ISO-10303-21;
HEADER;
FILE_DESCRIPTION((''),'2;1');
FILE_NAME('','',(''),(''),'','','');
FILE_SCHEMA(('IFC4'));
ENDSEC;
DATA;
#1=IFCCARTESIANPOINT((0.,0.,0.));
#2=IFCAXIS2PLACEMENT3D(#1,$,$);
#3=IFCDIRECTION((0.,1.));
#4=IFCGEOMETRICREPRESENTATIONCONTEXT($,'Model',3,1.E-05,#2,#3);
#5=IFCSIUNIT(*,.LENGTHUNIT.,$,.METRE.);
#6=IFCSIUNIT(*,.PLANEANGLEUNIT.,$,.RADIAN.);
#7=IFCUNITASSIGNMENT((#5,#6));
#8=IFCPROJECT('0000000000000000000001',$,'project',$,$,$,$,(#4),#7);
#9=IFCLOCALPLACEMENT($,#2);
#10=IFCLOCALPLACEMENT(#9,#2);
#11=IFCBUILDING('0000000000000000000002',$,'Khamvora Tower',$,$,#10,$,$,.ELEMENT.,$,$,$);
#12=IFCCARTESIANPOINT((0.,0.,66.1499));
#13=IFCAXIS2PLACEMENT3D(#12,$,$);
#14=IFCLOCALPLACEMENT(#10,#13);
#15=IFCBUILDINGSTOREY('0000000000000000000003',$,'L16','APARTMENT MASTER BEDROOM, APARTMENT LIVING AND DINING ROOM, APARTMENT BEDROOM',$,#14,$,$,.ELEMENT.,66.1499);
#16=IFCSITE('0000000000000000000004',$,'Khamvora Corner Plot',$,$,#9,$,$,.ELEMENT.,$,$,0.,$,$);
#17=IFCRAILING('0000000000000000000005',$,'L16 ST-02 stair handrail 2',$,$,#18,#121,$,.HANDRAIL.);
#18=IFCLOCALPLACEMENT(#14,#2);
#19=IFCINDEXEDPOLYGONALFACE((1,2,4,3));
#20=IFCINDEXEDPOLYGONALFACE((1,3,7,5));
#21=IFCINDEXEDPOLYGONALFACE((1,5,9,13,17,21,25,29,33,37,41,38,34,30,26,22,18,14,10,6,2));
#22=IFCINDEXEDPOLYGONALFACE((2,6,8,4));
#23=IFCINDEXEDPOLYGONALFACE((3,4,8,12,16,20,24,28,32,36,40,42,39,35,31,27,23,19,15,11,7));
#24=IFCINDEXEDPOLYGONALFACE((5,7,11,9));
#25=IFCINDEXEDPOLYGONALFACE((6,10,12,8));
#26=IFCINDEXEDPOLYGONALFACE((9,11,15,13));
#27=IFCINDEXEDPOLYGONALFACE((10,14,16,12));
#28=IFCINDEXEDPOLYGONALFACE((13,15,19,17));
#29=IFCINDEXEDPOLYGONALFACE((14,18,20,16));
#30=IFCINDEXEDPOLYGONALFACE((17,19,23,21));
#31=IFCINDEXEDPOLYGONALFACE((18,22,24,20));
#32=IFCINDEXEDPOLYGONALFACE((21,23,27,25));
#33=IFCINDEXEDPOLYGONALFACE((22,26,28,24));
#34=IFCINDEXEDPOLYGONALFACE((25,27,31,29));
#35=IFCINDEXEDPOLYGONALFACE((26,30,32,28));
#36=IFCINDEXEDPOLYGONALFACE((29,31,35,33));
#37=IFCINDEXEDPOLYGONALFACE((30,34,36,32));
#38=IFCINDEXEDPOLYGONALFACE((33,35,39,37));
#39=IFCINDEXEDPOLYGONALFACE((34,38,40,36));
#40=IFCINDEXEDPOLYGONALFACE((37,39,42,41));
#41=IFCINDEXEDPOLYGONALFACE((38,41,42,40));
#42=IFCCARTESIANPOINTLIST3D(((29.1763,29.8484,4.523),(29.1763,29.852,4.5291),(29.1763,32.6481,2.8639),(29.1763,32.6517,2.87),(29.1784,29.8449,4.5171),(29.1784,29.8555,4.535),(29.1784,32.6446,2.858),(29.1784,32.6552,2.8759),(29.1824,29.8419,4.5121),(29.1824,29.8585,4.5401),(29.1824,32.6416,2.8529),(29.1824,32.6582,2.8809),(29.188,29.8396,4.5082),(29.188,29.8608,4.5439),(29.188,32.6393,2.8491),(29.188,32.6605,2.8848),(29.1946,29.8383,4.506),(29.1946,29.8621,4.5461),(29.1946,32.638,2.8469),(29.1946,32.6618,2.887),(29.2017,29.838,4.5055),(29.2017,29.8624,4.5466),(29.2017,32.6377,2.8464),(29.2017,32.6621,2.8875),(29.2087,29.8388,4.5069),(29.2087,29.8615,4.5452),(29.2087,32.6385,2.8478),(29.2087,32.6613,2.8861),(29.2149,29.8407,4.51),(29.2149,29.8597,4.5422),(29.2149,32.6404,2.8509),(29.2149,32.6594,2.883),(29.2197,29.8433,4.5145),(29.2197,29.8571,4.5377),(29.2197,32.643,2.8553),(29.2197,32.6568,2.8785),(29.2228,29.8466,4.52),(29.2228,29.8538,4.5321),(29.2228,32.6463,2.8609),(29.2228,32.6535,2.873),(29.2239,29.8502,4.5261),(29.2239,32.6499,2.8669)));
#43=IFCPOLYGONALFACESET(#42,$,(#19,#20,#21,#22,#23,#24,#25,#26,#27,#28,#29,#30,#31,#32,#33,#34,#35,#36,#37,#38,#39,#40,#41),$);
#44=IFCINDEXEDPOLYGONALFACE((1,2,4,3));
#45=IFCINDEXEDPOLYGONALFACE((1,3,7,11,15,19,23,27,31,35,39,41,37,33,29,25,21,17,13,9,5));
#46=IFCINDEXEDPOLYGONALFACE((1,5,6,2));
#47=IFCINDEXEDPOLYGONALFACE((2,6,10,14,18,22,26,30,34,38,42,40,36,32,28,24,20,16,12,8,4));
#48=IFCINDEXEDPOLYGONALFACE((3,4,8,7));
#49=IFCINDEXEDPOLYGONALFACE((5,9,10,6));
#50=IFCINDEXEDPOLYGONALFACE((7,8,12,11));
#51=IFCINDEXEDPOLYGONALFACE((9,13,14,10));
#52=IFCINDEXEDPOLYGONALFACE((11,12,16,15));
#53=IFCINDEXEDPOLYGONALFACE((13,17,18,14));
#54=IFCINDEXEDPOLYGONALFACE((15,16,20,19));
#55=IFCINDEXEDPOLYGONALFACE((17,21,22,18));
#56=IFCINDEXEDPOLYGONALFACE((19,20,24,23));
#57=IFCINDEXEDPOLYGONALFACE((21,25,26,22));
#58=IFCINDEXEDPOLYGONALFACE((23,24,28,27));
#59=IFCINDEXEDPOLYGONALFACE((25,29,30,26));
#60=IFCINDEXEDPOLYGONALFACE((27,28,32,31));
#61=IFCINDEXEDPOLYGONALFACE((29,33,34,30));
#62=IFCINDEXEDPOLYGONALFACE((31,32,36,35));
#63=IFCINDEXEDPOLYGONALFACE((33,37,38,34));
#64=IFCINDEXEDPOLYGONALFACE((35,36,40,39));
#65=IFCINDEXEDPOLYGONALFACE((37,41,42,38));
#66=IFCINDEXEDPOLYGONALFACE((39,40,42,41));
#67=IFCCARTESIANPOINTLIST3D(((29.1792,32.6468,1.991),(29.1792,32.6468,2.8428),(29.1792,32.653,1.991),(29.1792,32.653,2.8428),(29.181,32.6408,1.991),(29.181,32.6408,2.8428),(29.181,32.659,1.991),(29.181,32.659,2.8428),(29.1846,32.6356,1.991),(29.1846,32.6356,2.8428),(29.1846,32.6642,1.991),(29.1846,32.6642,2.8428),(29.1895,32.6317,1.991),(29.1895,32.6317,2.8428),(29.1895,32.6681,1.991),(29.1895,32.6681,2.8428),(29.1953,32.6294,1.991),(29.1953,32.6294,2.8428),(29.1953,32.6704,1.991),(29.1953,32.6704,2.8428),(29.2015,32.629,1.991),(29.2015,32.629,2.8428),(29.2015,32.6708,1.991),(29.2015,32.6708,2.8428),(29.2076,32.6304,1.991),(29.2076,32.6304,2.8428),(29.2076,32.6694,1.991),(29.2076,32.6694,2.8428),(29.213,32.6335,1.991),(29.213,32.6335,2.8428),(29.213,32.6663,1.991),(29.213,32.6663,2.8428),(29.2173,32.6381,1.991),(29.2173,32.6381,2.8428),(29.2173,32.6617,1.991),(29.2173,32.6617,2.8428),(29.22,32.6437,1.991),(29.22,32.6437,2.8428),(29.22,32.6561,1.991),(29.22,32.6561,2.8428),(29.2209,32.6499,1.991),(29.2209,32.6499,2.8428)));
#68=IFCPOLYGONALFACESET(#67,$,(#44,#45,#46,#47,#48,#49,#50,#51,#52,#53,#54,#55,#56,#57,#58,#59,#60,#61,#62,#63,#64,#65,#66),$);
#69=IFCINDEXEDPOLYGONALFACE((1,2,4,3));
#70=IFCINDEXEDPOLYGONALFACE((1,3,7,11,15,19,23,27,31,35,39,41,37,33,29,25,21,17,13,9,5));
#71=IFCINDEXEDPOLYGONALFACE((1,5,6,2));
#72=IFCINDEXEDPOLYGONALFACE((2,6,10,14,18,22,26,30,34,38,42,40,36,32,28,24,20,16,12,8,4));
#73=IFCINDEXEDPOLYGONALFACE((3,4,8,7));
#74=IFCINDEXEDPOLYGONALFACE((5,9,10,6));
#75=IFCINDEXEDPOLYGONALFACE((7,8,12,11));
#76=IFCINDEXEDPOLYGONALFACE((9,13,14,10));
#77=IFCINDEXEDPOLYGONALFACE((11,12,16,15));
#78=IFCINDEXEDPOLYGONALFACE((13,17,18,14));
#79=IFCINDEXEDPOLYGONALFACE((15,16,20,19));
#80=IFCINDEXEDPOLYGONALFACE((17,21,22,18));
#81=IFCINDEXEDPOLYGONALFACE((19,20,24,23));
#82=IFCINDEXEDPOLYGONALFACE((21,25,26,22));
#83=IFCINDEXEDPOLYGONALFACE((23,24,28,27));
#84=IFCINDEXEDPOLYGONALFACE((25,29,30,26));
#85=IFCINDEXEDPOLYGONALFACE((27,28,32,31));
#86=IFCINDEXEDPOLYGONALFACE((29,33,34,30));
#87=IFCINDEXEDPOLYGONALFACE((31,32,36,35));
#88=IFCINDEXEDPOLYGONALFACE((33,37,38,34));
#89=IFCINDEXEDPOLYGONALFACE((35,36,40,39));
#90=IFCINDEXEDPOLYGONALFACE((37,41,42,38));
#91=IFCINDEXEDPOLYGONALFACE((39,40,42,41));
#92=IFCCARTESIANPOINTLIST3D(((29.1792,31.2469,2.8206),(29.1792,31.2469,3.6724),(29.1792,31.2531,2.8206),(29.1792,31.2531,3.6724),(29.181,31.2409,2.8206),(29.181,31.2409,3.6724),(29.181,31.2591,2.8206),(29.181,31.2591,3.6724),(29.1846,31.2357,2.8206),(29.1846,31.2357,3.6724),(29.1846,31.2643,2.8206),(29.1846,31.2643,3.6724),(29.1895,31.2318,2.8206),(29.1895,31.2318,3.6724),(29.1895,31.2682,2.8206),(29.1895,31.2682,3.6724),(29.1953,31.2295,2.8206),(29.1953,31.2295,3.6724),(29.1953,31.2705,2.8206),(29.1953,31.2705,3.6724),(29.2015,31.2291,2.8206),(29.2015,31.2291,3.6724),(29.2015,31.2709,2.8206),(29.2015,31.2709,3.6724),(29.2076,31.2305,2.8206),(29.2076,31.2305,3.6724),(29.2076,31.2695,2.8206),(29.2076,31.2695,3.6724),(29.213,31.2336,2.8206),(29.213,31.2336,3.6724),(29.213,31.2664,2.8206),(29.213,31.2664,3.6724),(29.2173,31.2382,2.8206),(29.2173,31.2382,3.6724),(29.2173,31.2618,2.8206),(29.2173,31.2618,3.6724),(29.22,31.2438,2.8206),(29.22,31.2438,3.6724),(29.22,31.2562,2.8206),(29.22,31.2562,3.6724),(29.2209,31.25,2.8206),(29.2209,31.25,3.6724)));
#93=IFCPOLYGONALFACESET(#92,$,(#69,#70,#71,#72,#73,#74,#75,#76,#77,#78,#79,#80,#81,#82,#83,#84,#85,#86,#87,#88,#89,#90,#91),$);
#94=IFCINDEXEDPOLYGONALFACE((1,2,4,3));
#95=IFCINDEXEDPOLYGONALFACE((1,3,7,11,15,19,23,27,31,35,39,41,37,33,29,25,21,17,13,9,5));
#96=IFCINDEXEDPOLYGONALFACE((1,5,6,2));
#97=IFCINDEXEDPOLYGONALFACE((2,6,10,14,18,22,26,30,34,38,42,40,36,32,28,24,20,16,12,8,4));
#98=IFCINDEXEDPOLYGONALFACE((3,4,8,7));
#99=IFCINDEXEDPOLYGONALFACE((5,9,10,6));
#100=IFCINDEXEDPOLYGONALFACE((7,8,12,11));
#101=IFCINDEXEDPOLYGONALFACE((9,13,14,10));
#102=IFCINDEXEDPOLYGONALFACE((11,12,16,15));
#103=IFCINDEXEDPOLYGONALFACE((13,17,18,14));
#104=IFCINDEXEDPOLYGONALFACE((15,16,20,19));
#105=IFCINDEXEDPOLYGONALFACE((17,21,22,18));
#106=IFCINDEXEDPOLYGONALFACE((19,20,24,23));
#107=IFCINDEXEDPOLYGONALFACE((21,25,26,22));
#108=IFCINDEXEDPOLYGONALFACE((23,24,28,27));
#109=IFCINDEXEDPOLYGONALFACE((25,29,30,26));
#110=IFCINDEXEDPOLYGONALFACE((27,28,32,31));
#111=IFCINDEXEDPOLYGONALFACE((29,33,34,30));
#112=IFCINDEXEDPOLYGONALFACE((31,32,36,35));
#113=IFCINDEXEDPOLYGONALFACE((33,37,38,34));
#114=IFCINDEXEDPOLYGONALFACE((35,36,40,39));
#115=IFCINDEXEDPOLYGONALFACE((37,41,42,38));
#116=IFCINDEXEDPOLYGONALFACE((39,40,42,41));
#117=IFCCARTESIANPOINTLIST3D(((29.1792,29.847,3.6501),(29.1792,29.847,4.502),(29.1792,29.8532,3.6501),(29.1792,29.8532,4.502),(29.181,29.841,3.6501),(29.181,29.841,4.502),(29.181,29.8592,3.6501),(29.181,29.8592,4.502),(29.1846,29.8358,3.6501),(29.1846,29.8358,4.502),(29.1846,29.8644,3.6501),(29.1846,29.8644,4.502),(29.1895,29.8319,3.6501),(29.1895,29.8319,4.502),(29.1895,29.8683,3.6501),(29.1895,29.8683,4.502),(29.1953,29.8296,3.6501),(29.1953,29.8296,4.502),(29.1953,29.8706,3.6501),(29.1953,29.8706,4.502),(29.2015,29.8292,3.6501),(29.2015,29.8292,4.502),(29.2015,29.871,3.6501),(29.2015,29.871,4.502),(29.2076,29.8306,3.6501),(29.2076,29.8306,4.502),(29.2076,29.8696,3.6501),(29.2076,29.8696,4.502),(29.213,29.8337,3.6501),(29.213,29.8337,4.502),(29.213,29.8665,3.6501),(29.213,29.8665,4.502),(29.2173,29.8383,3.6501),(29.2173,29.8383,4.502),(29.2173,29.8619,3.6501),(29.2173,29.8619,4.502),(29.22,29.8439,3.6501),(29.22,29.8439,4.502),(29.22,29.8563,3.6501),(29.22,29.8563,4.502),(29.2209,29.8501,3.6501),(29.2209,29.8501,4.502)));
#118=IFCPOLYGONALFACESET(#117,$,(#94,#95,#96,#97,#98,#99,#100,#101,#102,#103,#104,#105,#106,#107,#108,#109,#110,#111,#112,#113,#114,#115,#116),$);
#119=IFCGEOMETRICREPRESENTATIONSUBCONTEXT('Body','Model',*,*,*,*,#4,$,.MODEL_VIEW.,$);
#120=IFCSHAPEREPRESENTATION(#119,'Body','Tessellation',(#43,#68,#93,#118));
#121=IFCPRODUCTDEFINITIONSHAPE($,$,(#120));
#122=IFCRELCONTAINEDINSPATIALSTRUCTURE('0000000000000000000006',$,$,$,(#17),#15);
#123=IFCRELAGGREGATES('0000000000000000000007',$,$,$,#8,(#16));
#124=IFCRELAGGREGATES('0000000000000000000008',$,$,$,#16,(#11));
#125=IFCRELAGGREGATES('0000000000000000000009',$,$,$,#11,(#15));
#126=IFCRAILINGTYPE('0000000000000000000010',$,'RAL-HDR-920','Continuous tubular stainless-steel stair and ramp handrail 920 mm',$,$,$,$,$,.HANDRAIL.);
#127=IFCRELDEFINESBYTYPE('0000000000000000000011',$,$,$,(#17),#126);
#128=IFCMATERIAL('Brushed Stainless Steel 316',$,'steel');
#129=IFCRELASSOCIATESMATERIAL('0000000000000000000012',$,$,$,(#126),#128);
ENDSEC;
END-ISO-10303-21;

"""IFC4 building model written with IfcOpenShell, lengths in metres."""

from ifc_helpers import new_model, si_unit, direction, frame, origin, origin_2d, place, context, subcontext, project, spatial, circle, extrude, material, type_object, element, save


model = new_model("IFC4")

# Units and contexts
model_context = context("Model", 3, precision=1e-05, world=origin(), true_north=direction((0.0, 1.0)))
body_context = subcontext(model_context, "Body", "Model", "MODEL_VIEW")
ifc_project = project(units=[si_unit("LENGTHUNIT", "METRE"), si_unit("PLANEANGLEUNIT", "RADIAN")], contexts=[model_context])

# Site, building, storey
site_placement = place(None, origin())
site = spatial("IfcSite", under=ifc_project, at=site_placement, Name="Khamvora Corner Plot", CompositionType="ELEMENT", RefElevation=0.0)
building_placement = place(site_placement, origin())
building = spatial("IfcBuilding", under=site, at=building_placement, Name="Khamvora Tower", CompositionType="ELEMENT")
storey_placement = place(building_placement, frame((0.0, 0.0, 66.1499)))
storey = spatial("IfcBuildingStorey", under=building, at=storey_placement, Name="L16", Description="APARTMENT MASTER BEDROOM, APARTMENT LIVING AND DINING ROOM, APARTMENT BEDROOM", CompositionType="ELEMENT", Elevation=66.1499)

# Railing
ifc_material_1 = material(Name="Brushed Stainless Steel 316", Category="steel")
railing_type_1 = type_object("IfcRailingType", Name="RAL-HDR-920", Description="Continuous tubular stainless-steel stair and ramp handrail 920 mm", PredefinedType="HANDRAIL", material=ifc_material_1)
railing_1_placement = place(storey_placement, frame((29.2, 32.6499, 1.991)))
element("IfcRailing", 1, at=railing_1_placement, inside=storey, type_object=railing_type_1, Name="L16 ST-02 stair handrail 2", PredefinedType="HANDRAIL", context=body_context, shape_type="SweptSolid", body=[
    extrude(circle(Radius=0.0239, at=origin_2d()), frame((0.0, 0.0, 0.876), z_axis=(0.0, -0.860287, 0.509811), x_axis=(1.0, 0.0, 0.0)), (0.0, 0.0, 1.0), 3.2544),
    extrude(circle(Radius=0.021, at=origin_2d()), origin(), (0.0, 0.0, 1.0), 0.8518),
    extrude(circle(Radius=0.021, at=origin_2d()), frame((0.0, -1.3999, 0.8296)), (0.0, 0.0, 1.0), 0.8518),
    extrude(circle(Radius=0.021, at=origin_2d()), frame((0.0, -2.7998, 1.6592)), (0.0, 0.0, 1.0), 0.8518),
])

save(model, "model.ifc")
